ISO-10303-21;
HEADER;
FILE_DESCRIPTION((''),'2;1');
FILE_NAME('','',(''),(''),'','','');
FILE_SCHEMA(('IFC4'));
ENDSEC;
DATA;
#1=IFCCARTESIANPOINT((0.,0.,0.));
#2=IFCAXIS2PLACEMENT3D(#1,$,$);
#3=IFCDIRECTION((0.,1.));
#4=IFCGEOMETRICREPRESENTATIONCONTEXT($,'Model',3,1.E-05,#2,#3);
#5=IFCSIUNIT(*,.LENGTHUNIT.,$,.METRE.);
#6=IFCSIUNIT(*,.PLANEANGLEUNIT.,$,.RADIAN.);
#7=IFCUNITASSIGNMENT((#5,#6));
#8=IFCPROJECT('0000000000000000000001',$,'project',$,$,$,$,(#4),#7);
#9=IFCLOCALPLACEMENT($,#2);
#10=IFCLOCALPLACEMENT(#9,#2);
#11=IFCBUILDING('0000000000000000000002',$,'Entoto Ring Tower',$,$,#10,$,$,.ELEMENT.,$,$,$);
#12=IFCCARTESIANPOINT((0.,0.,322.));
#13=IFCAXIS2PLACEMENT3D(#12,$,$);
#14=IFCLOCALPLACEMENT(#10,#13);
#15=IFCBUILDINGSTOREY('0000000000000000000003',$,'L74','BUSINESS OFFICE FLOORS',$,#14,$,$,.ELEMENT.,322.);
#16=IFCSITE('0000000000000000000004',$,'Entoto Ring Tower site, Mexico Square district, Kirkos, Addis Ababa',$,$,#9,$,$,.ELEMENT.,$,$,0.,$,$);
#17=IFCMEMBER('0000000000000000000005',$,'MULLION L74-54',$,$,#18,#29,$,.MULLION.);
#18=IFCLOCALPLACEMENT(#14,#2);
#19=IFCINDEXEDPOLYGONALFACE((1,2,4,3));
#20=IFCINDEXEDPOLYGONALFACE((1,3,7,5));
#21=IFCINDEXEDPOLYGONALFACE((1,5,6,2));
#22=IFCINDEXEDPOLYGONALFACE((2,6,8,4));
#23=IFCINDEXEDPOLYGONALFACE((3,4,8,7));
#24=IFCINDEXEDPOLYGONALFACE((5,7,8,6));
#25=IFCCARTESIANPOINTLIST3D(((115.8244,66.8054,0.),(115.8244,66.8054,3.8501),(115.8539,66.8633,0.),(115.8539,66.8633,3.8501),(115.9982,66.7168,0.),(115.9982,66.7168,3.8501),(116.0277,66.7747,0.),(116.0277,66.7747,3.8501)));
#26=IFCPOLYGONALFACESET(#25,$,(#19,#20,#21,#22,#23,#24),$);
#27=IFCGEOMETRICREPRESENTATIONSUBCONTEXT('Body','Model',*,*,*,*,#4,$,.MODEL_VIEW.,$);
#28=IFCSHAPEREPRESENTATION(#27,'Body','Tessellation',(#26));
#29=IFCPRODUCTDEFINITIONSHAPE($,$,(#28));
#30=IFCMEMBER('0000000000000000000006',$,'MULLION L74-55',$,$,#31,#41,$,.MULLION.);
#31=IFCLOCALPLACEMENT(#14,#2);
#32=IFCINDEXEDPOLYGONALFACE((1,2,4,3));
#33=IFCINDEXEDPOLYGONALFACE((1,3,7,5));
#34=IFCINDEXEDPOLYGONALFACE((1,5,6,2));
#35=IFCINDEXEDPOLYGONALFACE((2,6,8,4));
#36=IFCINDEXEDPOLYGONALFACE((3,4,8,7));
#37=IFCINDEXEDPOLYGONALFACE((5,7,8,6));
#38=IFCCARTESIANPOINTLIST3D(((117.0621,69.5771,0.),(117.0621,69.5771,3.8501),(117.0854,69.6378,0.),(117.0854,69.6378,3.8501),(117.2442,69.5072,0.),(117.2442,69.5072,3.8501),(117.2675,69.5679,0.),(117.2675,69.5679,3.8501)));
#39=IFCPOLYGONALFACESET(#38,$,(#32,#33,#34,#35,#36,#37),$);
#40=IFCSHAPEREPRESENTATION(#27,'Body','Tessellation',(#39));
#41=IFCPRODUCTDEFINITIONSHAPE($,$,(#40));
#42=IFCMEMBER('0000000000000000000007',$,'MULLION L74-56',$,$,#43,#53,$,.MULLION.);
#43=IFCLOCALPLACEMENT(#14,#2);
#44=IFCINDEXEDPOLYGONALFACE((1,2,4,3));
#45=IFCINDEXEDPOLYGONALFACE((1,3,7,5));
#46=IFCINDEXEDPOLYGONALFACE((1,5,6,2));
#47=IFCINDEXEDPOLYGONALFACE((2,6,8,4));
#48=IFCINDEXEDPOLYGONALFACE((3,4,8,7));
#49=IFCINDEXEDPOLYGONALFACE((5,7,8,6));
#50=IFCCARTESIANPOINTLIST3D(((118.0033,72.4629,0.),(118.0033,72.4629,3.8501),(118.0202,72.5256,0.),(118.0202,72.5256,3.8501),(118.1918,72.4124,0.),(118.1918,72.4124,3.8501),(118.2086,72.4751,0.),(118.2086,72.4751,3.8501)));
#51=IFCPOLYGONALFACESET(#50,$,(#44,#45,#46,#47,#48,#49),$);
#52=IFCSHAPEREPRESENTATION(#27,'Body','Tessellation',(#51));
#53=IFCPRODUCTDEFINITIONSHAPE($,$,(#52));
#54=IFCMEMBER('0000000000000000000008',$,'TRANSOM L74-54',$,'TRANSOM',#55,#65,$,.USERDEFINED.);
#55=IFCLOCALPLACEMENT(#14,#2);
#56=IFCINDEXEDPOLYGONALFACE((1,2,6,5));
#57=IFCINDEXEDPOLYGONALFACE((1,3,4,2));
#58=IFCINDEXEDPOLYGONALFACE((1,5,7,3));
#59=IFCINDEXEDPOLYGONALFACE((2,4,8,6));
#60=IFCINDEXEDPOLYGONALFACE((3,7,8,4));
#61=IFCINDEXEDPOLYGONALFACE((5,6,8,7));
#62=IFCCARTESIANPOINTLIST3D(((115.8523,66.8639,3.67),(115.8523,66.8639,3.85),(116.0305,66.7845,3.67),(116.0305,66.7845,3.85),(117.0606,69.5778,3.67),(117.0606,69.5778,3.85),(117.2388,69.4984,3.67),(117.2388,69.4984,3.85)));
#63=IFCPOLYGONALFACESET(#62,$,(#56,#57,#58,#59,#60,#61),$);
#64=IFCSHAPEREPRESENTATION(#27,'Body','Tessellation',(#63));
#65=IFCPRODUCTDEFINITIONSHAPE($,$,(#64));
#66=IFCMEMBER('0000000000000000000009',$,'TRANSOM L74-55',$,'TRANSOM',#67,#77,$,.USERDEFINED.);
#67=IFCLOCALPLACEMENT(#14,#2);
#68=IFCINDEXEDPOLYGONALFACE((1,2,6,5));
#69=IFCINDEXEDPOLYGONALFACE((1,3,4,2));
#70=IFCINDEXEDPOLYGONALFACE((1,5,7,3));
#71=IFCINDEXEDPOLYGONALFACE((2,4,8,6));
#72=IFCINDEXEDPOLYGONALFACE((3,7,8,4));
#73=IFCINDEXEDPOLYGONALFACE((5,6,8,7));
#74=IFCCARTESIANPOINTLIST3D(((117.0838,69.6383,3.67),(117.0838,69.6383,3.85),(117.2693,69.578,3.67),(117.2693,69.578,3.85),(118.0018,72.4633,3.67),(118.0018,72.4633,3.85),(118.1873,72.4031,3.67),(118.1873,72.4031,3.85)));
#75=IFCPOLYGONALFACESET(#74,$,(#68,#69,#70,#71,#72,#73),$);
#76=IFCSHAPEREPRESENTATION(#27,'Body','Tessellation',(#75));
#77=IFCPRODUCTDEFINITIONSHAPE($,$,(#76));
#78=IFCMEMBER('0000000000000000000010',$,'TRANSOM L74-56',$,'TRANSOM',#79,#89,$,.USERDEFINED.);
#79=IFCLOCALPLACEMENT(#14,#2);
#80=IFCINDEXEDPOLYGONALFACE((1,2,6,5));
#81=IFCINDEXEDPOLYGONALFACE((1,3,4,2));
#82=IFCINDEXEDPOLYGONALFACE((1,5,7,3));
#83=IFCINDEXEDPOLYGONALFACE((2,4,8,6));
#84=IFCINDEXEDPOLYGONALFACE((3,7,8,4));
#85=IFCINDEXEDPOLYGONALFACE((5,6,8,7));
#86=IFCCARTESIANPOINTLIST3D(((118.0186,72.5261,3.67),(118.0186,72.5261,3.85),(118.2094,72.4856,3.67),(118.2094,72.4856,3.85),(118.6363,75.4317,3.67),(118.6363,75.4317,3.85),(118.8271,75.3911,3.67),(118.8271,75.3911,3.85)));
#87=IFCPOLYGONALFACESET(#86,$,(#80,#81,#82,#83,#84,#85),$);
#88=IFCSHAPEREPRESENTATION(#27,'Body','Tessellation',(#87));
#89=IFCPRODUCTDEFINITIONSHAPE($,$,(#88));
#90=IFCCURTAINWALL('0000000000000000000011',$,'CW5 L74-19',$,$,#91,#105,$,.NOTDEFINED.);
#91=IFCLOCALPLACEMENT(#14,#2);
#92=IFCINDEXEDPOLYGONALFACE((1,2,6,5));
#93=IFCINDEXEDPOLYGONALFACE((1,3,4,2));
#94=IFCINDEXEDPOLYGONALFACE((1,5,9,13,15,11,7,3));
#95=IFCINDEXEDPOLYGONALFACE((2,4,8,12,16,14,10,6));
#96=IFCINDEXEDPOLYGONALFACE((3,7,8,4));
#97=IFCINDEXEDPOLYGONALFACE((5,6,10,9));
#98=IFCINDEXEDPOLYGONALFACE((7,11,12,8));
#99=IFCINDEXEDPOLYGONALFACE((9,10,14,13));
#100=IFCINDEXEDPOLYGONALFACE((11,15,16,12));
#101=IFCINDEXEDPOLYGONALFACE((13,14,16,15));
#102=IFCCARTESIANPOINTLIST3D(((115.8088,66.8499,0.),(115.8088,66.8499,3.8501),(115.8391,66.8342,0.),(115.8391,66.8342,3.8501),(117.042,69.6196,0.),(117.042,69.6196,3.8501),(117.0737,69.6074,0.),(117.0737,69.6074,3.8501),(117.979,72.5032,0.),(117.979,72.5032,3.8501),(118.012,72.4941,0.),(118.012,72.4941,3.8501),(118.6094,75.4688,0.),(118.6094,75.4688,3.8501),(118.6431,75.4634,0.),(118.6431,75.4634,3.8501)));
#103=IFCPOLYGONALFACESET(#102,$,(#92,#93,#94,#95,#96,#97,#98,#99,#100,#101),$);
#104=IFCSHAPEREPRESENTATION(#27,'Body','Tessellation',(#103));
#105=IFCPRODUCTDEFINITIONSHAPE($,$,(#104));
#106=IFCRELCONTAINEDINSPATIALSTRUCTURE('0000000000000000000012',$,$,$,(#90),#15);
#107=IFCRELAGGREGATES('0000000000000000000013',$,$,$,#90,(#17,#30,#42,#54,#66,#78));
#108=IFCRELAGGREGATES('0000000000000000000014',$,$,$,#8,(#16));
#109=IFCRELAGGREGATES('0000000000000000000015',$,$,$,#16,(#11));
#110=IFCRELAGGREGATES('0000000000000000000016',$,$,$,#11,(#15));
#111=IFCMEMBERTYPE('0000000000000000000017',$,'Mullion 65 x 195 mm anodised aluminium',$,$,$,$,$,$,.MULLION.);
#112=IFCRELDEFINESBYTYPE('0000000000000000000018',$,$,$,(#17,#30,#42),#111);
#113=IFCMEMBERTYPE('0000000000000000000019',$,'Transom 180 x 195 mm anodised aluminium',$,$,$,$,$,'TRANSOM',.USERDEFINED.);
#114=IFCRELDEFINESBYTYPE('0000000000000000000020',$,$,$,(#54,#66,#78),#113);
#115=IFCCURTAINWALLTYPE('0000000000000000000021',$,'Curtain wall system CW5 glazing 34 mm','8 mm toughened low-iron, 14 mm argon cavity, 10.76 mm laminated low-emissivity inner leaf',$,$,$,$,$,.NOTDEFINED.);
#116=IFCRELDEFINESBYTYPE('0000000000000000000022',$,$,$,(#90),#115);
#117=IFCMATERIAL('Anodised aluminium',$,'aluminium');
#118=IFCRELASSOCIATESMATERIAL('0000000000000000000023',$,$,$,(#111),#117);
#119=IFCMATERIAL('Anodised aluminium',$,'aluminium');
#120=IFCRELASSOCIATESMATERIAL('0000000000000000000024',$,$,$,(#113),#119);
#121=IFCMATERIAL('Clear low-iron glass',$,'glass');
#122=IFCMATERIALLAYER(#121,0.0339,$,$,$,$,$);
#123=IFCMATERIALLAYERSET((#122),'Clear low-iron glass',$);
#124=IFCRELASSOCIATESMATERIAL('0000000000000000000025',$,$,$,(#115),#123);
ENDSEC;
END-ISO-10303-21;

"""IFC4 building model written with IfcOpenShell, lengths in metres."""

from ifc_helpers import new_model, si_unit, direction, frame, origin, origin_2d, place, context, subcontext, project, spatial, polyline, rectangle, outline, extrude, material, layer, layer_set, material_profile, profile_set, type_object, element, aggregate, save


model = new_model("IFC4")

# Units and contexts
model_context = context("Model", 3, precision=1e-05, world=origin(), true_north=direction((0.0, 1.0)))
body_context = subcontext(model_context, "Body", "Model", "MODEL_VIEW")
ifc_project = project(units=[si_unit("LENGTHUNIT", "METRE"), si_unit("PLANEANGLEUNIT", "RADIAN")], contexts=[model_context])

# Members
ifc_material_1 = material(Name="Anodised aluminium", Category="aluminium")
ifc_material_profile_1 = material_profile(ifc_material_1, rectangle(XDim=0.0649, YDim=0.1951, at=origin_2d()), Name="Mullion 65 x 195 mm anodised aluminium")
ifc_profile_set_1 = profile_set([ifc_material_profile_1], Name="Anodised aluminium")
member_type_1 = type_object("IfcMemberType", Name="Mullion 65 x 195 mm anodised aluminium", PredefinedType="MULLION", material=ifc_profile_set_1)
site_placement = place(None, origin())
building_placement = place(site_placement, origin())
storey_placement = place(building_placement, frame((0.0, 0.0, 322.0)))
member_1_placement = place(storey_placement, frame((115.926, 66.79, 0.0), z_axis=(0.0, 0.0, 1.0), x_axis=(0.45399, 0.891007, 0.0)))
member_1 = element("IfcMember", 1, at=member_1_placement, type_object=member_type_1, Name="MULLION L74-54", PredefinedType="MULLION", context=body_context, shape_type="SweptSolid", body=[
    extrude(rectangle(XDim=0.0649, YDim=0.1951, at=origin_2d()), origin(), (0.0, 0.0, 1.0), 3.8501),
])
member_2_placement = place(storey_placement, frame((117.1648, 69.5725, 0.0), z_axis=(0.0, 0.0, 1.0), x_axis=(0.358368, 0.93358, 0.0)))
member_2 = element("IfcMember", 2, at=member_2_placement, type_object=member_type_1, Name="MULLION L74-55", PredefinedType="MULLION", context=body_context, shape_type="SweptSolid", body=[
    extrude(rectangle(XDim=0.0649, YDim=0.1951, at=origin_2d()), origin(), (0.0, 0.0, 1.0), 3.8501),
])
member_3_placement = place(storey_placement, frame((118.106, 72.469, 0.0), z_axis=(0.0, 0.0, 1.0), x_axis=(0.258819, 0.965926, 0.0)))
member_3 = element("IfcMember", 3, at=member_3_placement, type_object=member_type_1, Name="MULLION L74-56", PredefinedType="MULLION", context=body_context, shape_type="SweptSolid", body=[
    extrude(rectangle(XDim=0.0649, YDim=0.1951, at=origin_2d()), origin(), (0.0, 0.0, 1.0), 3.8501),
])
ifc_material_2 = material(Name="Anodised aluminium", Category="aluminium")
ifc_material_profile_2 = material_profile(ifc_material_2, rectangle(XDim=0.1951, YDim=0.1799, at=origin_2d()), Name="Transom 180 x 195 mm anodised aluminium")
ifc_profile_set_2 = profile_set([ifc_material_profile_2], Name="Anodised aluminium")
member_type_2 = type_object("IfcMemberType", Name="Transom 180 x 195 mm anodised aluminium", ElementType="TRANSOM", PredefinedType="USERDEFINED", material=ifc_profile_set_2)
member_4_placement = place(storey_placement, frame((115.9414, 66.8242, 3.76), z_axis=(0.406726, 0.91355, 0.0), x_axis=(-0.91355, 0.406726, 0.0)))
member_4 = element("IfcMember", 4, at=member_4_placement, type_object=member_type_2, Name="TRANSOM L74-54", ObjectType="TRANSOM", PredefinedType="USERDEFINED", context=body_context, shape_type="SweptSolid", body=[
    extrude(rectangle(XDim=0.1951, YDim=0.1799, at=origin_2d()), origin(), (0.0, 0.0, 1.0), 2.9707),
])
member_5_placement = place(storey_placement, frame((117.1765, 69.6082, 3.76), z_axis=(0.309043, 0.951048, 0.0), x_axis=(-0.951048, 0.309043, 0.0)))
member_5 = element("IfcMember", 5, at=member_5_placement, type_object=member_type_2, Name="TRANSOM L74-55", ObjectType="TRANSOM", PredefinedType="USERDEFINED", context=body_context, shape_type="SweptSolid", body=[
    extrude(rectangle(XDim=0.1951, YDim=0.1799, at=origin_2d()), origin(), (0.0, 0.0, 1.0), 2.9705),
])
member_6_placement = place(storey_placement, frame((118.114, 72.5059, 3.76), z_axis=(0.20794, 0.978142, 0.0), x_axis=(-0.978142, 0.20794, 0.0)))
member_6 = element("IfcMember", 6, at=member_6_placement, type_object=member_type_2, Name="TRANSOM L74-56", ObjectType="TRANSOM", PredefinedType="USERDEFINED", context=body_context, shape_type="SweptSolid", body=[
    extrude(rectangle(XDim=0.1951, YDim=0.1799, at=origin_2d()), origin(), (0.0, 0.0, 1.0), 2.9705),
])

# Site, building, storey
site = spatial("IfcSite", under=ifc_project, at=site_placement, Name="Entoto Ring Tower site, Mexico Square district, Kirkos, Addis Ababa", CompositionType="ELEMENT", RefElevation=0.0)
building = spatial("IfcBuilding", under=site, at=building_placement, Name="Entoto Ring Tower", CompositionType="ELEMENT")
storey = spatial("IfcBuildingStorey", under=building, at=storey_placement, Name="L74", Description="BUSINESS OFFICE FLOORS", CompositionType="ELEMENT", Elevation=322.0)

# Curtain wall
ifc_material_3 = material(Name="Clear low-iron glass", Category="glass")
ifc_layer_1 = layer(ifc_material_3, 0.0339)
ifc_layer_set_1 = layer_set([ifc_layer_1], Name="Clear low-iron glass")
curtain_wall_type = type_object("IfcCurtainWallType", Name="Curtain wall system CW5 glazing 34 mm", Description="8 mm toughened low-iron, 14 mm argon cavity, 10.76 mm laminated low-emissivity inner leaf", PredefinedType="NOTDEFINED", material=ifc_layer_set_1)
curtain_wall_1_placement = place(storey_placement, origin())
curtain_wall_1 = element("IfcCurtainWall", 7, at=curtain_wall_1_placement, inside=storey, type_object=curtain_wall_type, Name="CW5 L74-19", PredefinedType="NOTDEFINED", context=body_context, shape_type="SweptSolid", body=[
    extrude(outline(polyline([(115.8391, 66.8342), (117.0737, 69.6074), (118.012, 72.4941), (118.6431, 75.4634), (118.6094, 75.4688), (117.979, 72.5032), (117.042, 69.6196), (115.8088, 66.8499), (115.8391, 66.8342)])), origin(), (0.0, 0.0, 1.0), 3.8501),
])
aggregate(curtain_wall_1, [member_1, member_2, member_3, member_4, member_5, member_6])

save(model, "model.ifc")
